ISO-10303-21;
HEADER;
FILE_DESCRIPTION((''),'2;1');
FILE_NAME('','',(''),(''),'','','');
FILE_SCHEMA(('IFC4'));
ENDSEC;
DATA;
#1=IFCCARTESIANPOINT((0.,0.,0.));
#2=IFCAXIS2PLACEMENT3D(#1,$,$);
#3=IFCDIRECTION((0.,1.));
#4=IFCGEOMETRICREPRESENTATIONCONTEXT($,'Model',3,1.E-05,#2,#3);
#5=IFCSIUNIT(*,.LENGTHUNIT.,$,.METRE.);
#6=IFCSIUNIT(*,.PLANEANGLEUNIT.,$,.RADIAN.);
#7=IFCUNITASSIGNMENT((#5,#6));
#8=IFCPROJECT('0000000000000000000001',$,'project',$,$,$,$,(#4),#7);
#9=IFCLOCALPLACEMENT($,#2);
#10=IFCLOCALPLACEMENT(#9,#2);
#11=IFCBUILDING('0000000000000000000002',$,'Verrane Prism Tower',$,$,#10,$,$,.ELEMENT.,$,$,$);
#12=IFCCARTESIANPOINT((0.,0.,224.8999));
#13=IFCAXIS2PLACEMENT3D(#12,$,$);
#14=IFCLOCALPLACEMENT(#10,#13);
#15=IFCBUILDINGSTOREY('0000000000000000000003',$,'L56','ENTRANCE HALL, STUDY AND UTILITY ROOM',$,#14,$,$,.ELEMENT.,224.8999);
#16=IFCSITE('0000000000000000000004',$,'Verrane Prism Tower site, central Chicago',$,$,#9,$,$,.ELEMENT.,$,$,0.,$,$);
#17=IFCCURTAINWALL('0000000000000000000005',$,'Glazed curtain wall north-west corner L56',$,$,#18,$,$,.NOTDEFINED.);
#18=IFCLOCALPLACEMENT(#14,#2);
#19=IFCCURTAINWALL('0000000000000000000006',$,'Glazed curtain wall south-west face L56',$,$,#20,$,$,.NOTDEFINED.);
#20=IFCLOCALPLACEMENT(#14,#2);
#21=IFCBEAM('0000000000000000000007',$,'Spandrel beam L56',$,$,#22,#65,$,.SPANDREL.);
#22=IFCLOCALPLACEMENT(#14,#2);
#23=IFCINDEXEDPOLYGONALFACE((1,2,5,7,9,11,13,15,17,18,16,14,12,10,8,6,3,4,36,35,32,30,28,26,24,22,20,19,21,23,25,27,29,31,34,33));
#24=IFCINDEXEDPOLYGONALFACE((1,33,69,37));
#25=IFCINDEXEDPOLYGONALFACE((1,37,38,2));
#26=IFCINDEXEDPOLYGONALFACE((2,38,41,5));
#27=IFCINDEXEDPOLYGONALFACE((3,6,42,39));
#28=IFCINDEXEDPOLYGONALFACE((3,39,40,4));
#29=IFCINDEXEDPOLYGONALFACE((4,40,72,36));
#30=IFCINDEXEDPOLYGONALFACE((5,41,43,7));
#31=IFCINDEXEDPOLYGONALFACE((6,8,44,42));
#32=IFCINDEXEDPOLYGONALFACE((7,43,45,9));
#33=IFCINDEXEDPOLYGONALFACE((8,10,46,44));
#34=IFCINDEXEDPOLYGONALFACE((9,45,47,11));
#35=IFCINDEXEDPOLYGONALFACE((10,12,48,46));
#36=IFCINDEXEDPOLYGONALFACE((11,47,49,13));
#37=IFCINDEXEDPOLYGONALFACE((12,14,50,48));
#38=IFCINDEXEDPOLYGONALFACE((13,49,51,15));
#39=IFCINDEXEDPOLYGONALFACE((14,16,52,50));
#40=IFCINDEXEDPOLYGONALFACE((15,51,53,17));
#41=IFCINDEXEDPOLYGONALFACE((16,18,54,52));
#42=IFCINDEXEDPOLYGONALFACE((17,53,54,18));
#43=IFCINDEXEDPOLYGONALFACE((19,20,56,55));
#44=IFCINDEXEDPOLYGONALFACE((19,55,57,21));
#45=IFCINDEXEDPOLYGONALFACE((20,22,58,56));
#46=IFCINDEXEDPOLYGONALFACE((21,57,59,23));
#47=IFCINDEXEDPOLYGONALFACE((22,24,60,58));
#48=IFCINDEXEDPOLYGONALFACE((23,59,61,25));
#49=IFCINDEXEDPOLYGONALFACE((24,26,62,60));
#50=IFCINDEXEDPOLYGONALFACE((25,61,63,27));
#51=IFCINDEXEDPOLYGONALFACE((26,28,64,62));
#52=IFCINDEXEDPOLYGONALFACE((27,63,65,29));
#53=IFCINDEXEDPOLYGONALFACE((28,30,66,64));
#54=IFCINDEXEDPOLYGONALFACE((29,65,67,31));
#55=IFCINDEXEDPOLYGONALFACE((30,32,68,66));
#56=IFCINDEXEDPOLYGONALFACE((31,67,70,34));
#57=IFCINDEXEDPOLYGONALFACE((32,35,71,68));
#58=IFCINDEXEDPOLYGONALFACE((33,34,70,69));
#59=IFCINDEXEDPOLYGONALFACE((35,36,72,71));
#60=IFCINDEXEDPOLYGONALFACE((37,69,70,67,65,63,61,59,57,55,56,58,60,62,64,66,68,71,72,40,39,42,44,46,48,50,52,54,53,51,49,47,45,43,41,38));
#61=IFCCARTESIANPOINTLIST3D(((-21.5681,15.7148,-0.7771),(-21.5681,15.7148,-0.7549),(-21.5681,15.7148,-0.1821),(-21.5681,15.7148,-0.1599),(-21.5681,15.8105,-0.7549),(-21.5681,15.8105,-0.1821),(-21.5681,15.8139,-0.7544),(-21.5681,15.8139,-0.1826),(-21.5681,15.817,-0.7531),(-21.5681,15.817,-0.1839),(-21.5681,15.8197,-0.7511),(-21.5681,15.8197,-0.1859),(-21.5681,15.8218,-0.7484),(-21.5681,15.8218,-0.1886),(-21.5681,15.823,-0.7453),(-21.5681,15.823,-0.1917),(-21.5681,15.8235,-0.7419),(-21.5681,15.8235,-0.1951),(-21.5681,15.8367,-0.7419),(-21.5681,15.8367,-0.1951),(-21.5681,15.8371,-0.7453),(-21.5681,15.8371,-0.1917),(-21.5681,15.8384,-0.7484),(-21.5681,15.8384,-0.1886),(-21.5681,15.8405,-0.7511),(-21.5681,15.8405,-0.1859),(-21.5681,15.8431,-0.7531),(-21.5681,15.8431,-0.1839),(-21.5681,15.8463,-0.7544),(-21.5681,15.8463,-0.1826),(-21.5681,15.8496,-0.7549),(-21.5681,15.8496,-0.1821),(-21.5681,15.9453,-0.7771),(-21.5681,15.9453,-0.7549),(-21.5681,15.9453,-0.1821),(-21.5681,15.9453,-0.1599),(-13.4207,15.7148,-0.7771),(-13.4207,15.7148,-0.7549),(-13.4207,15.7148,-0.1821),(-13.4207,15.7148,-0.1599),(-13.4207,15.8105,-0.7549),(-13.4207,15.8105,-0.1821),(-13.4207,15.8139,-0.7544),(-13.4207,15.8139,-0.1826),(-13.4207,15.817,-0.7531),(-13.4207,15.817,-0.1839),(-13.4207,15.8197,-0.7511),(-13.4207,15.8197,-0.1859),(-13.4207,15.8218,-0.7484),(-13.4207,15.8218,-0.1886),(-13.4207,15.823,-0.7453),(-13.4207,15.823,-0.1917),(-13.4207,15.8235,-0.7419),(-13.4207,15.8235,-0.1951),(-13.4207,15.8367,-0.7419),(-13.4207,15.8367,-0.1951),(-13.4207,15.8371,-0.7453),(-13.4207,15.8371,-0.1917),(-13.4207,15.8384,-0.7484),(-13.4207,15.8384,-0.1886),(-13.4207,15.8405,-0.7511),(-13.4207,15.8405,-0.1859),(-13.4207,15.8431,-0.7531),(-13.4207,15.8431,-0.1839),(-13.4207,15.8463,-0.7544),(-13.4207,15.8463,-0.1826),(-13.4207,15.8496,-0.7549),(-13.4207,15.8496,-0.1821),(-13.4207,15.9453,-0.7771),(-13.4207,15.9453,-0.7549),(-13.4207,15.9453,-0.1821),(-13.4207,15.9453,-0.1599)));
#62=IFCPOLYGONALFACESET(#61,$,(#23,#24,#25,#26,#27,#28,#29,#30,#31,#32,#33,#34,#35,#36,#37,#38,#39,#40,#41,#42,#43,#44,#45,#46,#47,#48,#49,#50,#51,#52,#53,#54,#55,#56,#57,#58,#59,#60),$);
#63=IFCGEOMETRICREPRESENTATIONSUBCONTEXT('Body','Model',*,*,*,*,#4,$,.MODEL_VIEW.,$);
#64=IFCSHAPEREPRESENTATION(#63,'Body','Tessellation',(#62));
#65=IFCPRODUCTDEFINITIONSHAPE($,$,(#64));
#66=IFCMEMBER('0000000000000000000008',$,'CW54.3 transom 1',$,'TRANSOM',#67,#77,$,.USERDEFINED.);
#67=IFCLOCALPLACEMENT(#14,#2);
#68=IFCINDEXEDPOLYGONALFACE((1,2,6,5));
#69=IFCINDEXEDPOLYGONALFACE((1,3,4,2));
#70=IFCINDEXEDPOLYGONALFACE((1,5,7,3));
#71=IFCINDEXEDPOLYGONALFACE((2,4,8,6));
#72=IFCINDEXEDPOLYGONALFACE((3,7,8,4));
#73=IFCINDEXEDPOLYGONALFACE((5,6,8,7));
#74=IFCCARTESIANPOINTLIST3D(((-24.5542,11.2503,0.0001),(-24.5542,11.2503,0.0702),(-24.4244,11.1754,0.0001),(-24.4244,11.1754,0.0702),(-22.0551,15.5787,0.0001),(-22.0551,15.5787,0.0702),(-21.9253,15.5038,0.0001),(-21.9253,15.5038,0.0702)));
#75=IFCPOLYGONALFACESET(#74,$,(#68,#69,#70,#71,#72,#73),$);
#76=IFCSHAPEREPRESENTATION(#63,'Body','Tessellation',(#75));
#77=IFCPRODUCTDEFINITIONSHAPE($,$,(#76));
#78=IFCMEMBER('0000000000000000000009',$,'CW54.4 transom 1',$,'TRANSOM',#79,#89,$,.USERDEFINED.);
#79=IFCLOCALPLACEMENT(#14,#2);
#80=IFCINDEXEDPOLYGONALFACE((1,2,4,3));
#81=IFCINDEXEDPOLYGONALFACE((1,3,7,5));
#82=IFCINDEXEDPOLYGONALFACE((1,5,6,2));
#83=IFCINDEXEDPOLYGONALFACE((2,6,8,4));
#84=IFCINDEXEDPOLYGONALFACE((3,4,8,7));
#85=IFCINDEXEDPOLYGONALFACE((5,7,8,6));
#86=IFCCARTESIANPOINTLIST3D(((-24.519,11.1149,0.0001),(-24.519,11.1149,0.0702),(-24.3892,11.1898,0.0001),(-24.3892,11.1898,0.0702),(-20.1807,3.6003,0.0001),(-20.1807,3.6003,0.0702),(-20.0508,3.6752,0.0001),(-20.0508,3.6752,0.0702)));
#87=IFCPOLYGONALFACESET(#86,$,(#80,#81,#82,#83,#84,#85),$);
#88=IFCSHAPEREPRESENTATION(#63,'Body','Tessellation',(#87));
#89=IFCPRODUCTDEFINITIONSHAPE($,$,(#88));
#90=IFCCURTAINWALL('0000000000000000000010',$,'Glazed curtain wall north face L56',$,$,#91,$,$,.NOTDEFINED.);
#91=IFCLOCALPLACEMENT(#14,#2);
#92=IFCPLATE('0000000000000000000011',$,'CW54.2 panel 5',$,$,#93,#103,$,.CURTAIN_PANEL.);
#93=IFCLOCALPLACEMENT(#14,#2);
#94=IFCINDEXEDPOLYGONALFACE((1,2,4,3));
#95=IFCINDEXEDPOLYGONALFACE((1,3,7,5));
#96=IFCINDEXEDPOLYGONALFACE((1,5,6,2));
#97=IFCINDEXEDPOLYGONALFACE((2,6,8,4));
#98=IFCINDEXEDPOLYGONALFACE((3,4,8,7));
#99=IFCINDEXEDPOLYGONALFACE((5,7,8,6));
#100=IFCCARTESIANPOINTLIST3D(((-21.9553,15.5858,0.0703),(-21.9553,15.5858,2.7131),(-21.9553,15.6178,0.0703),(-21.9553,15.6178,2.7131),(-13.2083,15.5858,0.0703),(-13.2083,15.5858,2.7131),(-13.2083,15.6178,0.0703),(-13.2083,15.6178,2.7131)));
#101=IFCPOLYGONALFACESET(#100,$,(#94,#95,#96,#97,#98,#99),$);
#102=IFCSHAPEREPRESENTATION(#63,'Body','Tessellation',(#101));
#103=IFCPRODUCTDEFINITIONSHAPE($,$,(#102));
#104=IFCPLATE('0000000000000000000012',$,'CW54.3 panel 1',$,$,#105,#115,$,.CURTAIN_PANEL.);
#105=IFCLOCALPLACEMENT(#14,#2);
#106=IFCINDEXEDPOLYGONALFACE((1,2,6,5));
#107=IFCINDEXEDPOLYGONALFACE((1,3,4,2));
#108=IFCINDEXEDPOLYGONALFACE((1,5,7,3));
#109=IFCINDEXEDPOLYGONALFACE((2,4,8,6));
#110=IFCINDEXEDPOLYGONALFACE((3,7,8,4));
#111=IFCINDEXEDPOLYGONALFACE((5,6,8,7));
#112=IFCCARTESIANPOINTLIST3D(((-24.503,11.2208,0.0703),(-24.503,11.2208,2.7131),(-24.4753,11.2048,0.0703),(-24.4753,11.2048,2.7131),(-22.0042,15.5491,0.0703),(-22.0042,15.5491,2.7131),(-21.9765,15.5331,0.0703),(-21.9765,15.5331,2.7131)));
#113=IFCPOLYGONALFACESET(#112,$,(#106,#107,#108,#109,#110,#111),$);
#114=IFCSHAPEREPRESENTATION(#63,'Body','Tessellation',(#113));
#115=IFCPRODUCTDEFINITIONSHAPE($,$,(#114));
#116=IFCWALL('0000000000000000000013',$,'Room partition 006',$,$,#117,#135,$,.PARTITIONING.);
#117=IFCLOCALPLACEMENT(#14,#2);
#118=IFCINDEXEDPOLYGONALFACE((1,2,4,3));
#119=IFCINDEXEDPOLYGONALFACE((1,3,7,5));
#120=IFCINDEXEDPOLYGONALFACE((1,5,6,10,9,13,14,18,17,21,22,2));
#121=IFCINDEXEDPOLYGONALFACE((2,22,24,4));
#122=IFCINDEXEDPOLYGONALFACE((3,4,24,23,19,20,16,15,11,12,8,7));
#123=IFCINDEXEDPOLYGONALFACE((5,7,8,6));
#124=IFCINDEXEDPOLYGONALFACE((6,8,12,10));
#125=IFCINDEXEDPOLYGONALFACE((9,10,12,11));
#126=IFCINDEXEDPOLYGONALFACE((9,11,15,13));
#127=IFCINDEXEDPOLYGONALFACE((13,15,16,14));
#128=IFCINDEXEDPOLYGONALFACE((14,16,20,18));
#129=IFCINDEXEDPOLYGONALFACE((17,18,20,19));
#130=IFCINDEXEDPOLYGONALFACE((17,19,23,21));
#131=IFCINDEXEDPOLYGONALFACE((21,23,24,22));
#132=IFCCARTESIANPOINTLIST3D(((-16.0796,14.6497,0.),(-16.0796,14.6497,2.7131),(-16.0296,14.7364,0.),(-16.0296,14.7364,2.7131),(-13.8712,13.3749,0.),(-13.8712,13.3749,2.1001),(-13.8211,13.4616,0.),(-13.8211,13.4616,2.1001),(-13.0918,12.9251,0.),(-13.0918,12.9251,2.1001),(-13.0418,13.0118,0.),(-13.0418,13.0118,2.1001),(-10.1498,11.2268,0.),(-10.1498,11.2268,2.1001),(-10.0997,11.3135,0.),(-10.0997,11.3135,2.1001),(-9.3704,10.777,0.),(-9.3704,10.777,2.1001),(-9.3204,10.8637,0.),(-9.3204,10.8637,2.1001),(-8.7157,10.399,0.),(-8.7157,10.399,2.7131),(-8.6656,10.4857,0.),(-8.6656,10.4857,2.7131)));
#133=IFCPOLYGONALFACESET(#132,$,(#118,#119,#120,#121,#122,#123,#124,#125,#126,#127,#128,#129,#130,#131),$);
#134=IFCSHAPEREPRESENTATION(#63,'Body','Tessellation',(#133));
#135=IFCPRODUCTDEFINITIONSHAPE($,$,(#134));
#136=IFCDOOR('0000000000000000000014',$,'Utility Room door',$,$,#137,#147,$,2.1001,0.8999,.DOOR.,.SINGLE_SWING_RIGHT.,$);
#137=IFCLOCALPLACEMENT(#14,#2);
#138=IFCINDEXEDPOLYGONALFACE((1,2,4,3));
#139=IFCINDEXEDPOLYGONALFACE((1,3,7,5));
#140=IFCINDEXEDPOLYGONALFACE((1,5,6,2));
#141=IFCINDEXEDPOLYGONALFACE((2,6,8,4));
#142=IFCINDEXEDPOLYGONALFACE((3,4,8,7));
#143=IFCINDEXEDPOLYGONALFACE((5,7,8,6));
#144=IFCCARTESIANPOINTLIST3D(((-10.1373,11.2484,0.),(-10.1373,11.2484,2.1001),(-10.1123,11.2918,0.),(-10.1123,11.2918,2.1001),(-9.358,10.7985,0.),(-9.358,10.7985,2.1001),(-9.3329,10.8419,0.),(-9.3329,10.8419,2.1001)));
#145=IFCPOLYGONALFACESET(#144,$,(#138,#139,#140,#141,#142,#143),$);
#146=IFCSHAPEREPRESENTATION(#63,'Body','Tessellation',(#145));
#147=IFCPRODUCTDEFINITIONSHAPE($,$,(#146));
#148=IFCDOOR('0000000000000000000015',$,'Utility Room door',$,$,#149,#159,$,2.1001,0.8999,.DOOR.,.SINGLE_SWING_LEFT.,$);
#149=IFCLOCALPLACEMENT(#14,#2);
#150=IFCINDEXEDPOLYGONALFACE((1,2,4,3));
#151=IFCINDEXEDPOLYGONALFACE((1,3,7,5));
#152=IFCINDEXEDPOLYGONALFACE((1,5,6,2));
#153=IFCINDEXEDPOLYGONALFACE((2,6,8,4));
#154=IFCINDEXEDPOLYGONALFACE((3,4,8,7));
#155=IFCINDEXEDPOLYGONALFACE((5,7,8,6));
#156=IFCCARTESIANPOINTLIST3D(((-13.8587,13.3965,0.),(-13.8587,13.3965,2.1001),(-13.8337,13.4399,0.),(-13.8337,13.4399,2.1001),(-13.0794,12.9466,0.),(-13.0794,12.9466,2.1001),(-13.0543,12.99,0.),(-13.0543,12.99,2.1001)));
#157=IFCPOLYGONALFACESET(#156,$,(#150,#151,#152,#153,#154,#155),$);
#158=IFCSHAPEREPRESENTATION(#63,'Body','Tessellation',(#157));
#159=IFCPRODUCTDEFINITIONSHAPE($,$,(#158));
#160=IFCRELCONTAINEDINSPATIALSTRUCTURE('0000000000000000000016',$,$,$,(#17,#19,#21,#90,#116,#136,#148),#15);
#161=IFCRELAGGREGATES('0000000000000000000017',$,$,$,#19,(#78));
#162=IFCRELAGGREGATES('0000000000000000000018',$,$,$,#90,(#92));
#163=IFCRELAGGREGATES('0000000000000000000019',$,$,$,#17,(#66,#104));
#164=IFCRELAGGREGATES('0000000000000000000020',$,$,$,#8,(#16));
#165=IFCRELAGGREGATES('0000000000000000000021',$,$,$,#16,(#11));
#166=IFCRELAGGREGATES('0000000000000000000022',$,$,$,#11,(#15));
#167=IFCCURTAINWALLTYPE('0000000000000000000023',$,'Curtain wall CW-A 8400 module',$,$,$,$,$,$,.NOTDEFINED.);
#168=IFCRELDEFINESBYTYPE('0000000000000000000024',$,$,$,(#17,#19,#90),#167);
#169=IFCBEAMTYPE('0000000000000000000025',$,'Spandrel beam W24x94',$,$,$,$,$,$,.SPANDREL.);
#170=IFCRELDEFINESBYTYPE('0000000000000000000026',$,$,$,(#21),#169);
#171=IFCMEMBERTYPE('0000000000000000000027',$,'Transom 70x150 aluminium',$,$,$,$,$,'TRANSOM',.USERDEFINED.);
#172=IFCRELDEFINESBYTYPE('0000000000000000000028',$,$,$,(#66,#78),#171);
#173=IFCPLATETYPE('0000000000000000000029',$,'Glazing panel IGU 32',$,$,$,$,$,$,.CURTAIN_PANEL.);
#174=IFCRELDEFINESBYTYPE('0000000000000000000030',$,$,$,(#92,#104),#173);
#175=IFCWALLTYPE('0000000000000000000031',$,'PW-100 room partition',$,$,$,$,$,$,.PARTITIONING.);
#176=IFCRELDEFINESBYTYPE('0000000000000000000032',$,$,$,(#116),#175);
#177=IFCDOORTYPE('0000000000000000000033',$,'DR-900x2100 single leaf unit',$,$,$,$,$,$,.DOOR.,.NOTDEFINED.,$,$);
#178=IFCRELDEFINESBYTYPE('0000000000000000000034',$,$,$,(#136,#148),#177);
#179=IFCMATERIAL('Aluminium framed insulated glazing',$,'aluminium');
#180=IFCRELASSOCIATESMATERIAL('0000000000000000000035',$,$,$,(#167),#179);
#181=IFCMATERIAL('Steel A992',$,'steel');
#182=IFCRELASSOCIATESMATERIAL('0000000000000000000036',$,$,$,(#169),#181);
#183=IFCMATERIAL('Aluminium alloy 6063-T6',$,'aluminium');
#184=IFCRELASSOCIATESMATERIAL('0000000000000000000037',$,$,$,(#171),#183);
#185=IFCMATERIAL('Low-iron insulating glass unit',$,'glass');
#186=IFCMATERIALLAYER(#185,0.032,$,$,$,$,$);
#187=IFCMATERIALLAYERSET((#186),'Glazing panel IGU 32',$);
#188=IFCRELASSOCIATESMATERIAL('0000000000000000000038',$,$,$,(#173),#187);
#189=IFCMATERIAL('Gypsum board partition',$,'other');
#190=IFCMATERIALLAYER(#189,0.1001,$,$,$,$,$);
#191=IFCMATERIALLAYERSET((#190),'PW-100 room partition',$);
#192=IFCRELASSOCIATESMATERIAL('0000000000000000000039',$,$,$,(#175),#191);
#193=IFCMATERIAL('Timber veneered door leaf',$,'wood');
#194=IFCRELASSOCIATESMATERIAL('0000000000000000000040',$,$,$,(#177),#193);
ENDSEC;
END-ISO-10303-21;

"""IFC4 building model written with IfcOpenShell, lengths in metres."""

from ifc_helpers import new_model, si_unit, direction, frame, frame_2d, origin, origin_2d, place, context, subcontext, project, spatial, rectangle, i_section, extrude, material, layer, layer_set, material_profile, profile_set, type_object, element, fill, aggregate, save


model = new_model("IFC4")

# Units and contexts
model_context = context("Model", 3, precision=1e-05, world=origin(), true_north=direction((0.0, 1.0)))
body_context = subcontext(model_context, "Body", "Model", "MODEL_VIEW")
ifc_project = project(units=[si_unit("LENGTHUNIT", "METRE"), si_unit("PLANEANGLEUNIT", "RADIAN")], contexts=[model_context])

# Site, building, storey
site_placement = place(None, origin())
site = spatial("IfcSite", under=ifc_project, at=site_placement, Name="Verrane Prism Tower site, central Chicago", CompositionType="ELEMENT", RefElevation=0.0)
building_placement = place(site_placement, origin())
building = spatial("IfcBuilding", under=site, at=building_placement, Name="Verrane Prism Tower", CompositionType="ELEMENT")
storey_placement = place(building_placement, frame((0.0, 0.0, 224.8999)))
storey = spatial("IfcBuildingStorey", under=building, at=storey_placement, Name="L56", Description="ENTRANCE HALL, STUDY AND UTILITY ROOM", CompositionType="ELEMENT", Elevation=224.8999)

# Curtain walls
ifc_material_1 = material(Name="Aluminium framed insulated glazing", Category="aluminium")
curtain_wall_type = type_object("IfcCurtainWallType", Name="Curtain wall CW-A 8400 module", PredefinedType="NOTDEFINED", material=ifc_material_1)
curtain_wall_1_placement = place(storey_placement, origin())
curtain_wall_1 = element("IfcCurtainWall", 1, at=curtain_wall_1_placement, inside=storey, type_object=curtain_wall_type, Name="Glazed curtain wall north-west corner L56", PredefinedType="NOTDEFINED")
curtain_wall_2_placement = place(storey_placement, origin())
curtain_wall_2 = element("IfcCurtainWall", 2, at=curtain_wall_2_placement, inside=storey, type_object=curtain_wall_type, Name="Glazed curtain wall south-west face L56", PredefinedType="NOTDEFINED")

# Beam
ifc_material_2 = material(Name="Steel A992", Category="steel")
ifc_material_profile_1 = material_profile(ifc_material_2, i_section(OverallWidth=0.2305, OverallDepth=0.6172, WebThickness=0.0132, FlangeThickness=0.0222, FilletRadius=0.0129, at=origin_2d()), Name="W24x94")
ifc_profile_set_1 = profile_set([ifc_material_profile_1], Name="Steel A992")
beam_type_1 = type_object("IfcBeamType", Name="Spandrel beam W24x94", PredefinedType="SPANDREL", material=ifc_profile_set_1)
beam_1_placement = place(storey_placement, frame((-13.4207, 15.8301, -0.4685), z_axis=(-1.0, 0.0, 0.0), x_axis=(0.0, -1.0, 0.0)))
element("IfcBeam", 3, at=beam_1_placement, inside=storey, type_object=beam_type_1, Name="Spandrel beam L56", PredefinedType="SPANDREL", context=body_context, shape_type="SweptSolid", body=[
    extrude(i_section(OverallWidth=0.2305, OverallDepth=0.6172, WebThickness=0.0132, FlangeThickness=0.0222, FilletRadius=0.0129, at=origin_2d()), origin(), (0.0, 0.0, 1.0), 8.1475),
])

# Members
ifc_material_3 = material(Name="Aluminium alloy 6063-T6", Category="aluminium")
ifc_material_profile_2 = material_profile(ifc_material_3, rectangle(XDim=0.1499, YDim=0.0701, at=origin_2d()), Name="Transom 70x150 aluminium")
ifc_profile_set_2 = profile_set([ifc_material_profile_2], Name="Aluminium alloy 6063-T6")
member_type_1 = type_object("IfcMemberType", Name="Transom 70x150 aluminium", ElementType="TRANSOM", PredefinedType="USERDEFINED", material=ifc_profile_set_2)
member_1_placement = place(storey_placement, frame((-21.9902, 15.5413, 0.0352), z_axis=(-0.500006, -0.866022, 0.0), x_axis=(0.866022, -0.500006, 0.0)))
member_1 = element("IfcMember", 4, at=member_1_placement, type_object=member_type_1, Name="CW54.3 transom 1", ObjectType="TRANSOM", PredefinedType="USERDEFINED", context=body_context, shape_type="SweptSolid", body=[
    extrude(rectangle(XDim=0.1499, YDim=0.0701, at=origin_2d()), origin(), (0.0, 0.0, 1.0), 4.998),
])
member_2_placement = place(storey_placement, frame((-24.4541, 11.1523, 0.0352), z_axis=(0.499982, -0.866036, 0.0), x_axis=(0.866036, 0.499982, 0.0)))
member_2 = element("IfcMember", 5, at=member_2_placement, type_object=member_type_1, Name="CW54.4 transom 1", ObjectType="TRANSOM", PredefinedType="USERDEFINED", context=body_context, shape_type="SweptSolid", body=[
    extrude(rectangle(XDim=0.1499, YDim=0.0701, at=origin_2d()), origin(), (0.0, 0.0, 1.0), 8.677),
])
aggregate(curtain_wall_2, [member_2])

# Curtain wall, plate
curtain_wall_3_placement = place(storey_placement, origin())
curtain_wall_3 = element("IfcCurtainWall", 6, at=curtain_wall_3_placement, inside=storey, type_object=curtain_wall_type, Name="Glazed curtain wall north face L56", PredefinedType="NOTDEFINED")
ifc_material_4 = material(Name="Low-iron insulating glass unit", Category="glass")
ifc_layer_1 = layer(ifc_material_4, 0.032)
ifc_layer_set_1 = layer_set([ifc_layer_1], Name="Glazing panel IGU 32")
plate_type = type_object("IfcPlateType", Name="Glazing panel IGU 32", PredefinedType="CURTAIN_PANEL", material=ifc_layer_set_1)
plate_1_placement = place(storey_placement, frame((-17.5818, 15.6018, 0.0703), z_axis=(0.0, 0.0, 1.0), x_axis=(-1.0, 0.0, 0.0)))
plate_1 = element("IfcPlate", 7, at=plate_1_placement, type_object=plate_type, Name="CW54.2 panel 5", PredefinedType="CURTAIN_PANEL", context=body_context, shape_type="SweptSolid", body=[
    extrude(rectangle(XDim=8.7471, YDim=0.032, at=origin_2d()), origin(), (0.0, 0.0, 1.0), 2.6428),
])
aggregate(curtain_wall_3, [plate_1])

# Plate
plate_2_placement = place(storey_placement, frame((-23.2397, 13.377, 0.0703), z_axis=(0.0, 0.0, 1.0), x_axis=(-0.499995, -0.866028, 0.0)))
plate_2 = element("IfcPlate", 8, at=plate_2_placement, type_object=plate_type, Name="CW54.3 panel 1", PredefinedType="CURTAIN_PANEL", context=body_context, shape_type="SweptSolid", body=[
    extrude(rectangle(XDim=4.9978, YDim=0.032, at=origin_2d()), origin(), (0.0, 0.0, 1.0), 2.6428),
])
aggregate(curtain_wall_1, [member_1, plate_2])

# Wall, openings, doors
ifc_material_5 = material(Name="Gypsum board partition", Category="other")
ifc_layer_2 = layer(ifc_material_5, 0.1001)
ifc_layer_set_2 = layer_set([ifc_layer_2], Name="PW-100 room partition")
wall_type = type_object("IfcWallType", Name="PW-100 room partition", PredefinedType="PARTITIONING", material=ifc_layer_set_2)
wall_placement = place(storey_placement, frame((-16.0547, 14.6931, 0.0), z_axis=(0.0, 0.0, 1.0), x_axis=(0.86607, -0.499922, 0.0)))
wall = element("IfcWall", 9, at=wall_placement, inside=storey, type_object=wall_type, Name="Room partition 006", PredefinedType="PARTITIONING", context=body_context, shape_type="SweptSolid", body=[
    extrude(rectangle(XDim=8.5027, YDim=0.1001, at=frame_2d((4.2515, 0.0))), origin(), (0.0, 0.0, 1.0), 2.7131),
])
opening_1_placement = place(wall_placement, frame((6.8469, 0.0, 0.0)))
opening_1 = element("IfcOpeningElement", 10, at=opening_1_placement, cuts=wall, PredefinedType="OPENING", context=body_context, shape_type="SweptSolid", body=[
    extrude(rectangle(XDim=0.8999, YDim=2.1001, at=frame_2d((0.45, 1.05))), frame((0.0, 0.0601, 0.0), z_axis=(0.0, -1.0, 0.0), x_axis=(1.0, 0.0, 0.0)), (0.0, 0.0, 1.0), 0.1201),
])
opening_2_placement = place(wall_placement, frame((2.55, 0.0, 0.0)))
opening_2 = element("IfcOpeningElement", 11, at=opening_2_placement, cuts=wall, PredefinedType="OPENING", context=body_context, shape_type="SweptSolid", body=[
    extrude(rectangle(XDim=0.8999, YDim=2.1001, at=frame_2d((0.45, 1.05))), frame((0.0, 0.0601, 0.0), z_axis=(0.0, -1.0, 0.0), x_axis=(1.0, 0.0, 0.0)), (0.0, 0.0, 1.0), 0.1201),
])
ifc_material_6 = material(Name="Timber veneered door leaf", Category="wood")
door_type = type_object("IfcDoorType", Name="DR-900x2100 single leaf unit", OperationType="NOTDEFINED", PredefinedType="DOOR", material=ifc_material_6)
door_1_placement = place(opening_1_placement, origin())
door_1 = element("IfcDoor", 12, at=door_1_placement, inside=storey, type_object=door_type, Name="Utility Room door", OperationType="SINGLE_SWING_RIGHT", OverallHeight=2.1001, OverallWidth=0.8999, PredefinedType="DOOR", context=body_context, shape_type="SweptSolid", body=[
    extrude(rectangle(XDim=0.8999, YDim=2.1001, at=frame_2d((0.45, 1.05))), frame((0.0, 0.0249, 0.0), z_axis=(0.0, -1.0, 0.0), x_axis=(1.0, 0.0, 0.0)), (0.0, 0.0, 1.0), 0.05),
])
fill(opening_1, door_1)
door_2_placement = place(opening_2_placement, origin())
door_2 = element("IfcDoor", 13, at=door_2_placement, inside=storey, type_object=door_type, Name="Utility Room door", OperationType="SINGLE_SWING_LEFT", OverallHeight=2.1001, OverallWidth=0.8999, PredefinedType="DOOR", context=body_context, shape_type="SweptSolid", body=[
    extrude(rectangle(XDim=0.8999, YDim=2.1001, at=frame_2d((0.45, 1.05))), frame((0.0, 0.0249, 0.0), z_axis=(0.0, -1.0, 0.0), x_axis=(1.0, 0.0, 0.0)), (0.0, 0.0, 1.0), 0.05),
])
fill(opening_2, door_2)

save(model, "model.ifc")
